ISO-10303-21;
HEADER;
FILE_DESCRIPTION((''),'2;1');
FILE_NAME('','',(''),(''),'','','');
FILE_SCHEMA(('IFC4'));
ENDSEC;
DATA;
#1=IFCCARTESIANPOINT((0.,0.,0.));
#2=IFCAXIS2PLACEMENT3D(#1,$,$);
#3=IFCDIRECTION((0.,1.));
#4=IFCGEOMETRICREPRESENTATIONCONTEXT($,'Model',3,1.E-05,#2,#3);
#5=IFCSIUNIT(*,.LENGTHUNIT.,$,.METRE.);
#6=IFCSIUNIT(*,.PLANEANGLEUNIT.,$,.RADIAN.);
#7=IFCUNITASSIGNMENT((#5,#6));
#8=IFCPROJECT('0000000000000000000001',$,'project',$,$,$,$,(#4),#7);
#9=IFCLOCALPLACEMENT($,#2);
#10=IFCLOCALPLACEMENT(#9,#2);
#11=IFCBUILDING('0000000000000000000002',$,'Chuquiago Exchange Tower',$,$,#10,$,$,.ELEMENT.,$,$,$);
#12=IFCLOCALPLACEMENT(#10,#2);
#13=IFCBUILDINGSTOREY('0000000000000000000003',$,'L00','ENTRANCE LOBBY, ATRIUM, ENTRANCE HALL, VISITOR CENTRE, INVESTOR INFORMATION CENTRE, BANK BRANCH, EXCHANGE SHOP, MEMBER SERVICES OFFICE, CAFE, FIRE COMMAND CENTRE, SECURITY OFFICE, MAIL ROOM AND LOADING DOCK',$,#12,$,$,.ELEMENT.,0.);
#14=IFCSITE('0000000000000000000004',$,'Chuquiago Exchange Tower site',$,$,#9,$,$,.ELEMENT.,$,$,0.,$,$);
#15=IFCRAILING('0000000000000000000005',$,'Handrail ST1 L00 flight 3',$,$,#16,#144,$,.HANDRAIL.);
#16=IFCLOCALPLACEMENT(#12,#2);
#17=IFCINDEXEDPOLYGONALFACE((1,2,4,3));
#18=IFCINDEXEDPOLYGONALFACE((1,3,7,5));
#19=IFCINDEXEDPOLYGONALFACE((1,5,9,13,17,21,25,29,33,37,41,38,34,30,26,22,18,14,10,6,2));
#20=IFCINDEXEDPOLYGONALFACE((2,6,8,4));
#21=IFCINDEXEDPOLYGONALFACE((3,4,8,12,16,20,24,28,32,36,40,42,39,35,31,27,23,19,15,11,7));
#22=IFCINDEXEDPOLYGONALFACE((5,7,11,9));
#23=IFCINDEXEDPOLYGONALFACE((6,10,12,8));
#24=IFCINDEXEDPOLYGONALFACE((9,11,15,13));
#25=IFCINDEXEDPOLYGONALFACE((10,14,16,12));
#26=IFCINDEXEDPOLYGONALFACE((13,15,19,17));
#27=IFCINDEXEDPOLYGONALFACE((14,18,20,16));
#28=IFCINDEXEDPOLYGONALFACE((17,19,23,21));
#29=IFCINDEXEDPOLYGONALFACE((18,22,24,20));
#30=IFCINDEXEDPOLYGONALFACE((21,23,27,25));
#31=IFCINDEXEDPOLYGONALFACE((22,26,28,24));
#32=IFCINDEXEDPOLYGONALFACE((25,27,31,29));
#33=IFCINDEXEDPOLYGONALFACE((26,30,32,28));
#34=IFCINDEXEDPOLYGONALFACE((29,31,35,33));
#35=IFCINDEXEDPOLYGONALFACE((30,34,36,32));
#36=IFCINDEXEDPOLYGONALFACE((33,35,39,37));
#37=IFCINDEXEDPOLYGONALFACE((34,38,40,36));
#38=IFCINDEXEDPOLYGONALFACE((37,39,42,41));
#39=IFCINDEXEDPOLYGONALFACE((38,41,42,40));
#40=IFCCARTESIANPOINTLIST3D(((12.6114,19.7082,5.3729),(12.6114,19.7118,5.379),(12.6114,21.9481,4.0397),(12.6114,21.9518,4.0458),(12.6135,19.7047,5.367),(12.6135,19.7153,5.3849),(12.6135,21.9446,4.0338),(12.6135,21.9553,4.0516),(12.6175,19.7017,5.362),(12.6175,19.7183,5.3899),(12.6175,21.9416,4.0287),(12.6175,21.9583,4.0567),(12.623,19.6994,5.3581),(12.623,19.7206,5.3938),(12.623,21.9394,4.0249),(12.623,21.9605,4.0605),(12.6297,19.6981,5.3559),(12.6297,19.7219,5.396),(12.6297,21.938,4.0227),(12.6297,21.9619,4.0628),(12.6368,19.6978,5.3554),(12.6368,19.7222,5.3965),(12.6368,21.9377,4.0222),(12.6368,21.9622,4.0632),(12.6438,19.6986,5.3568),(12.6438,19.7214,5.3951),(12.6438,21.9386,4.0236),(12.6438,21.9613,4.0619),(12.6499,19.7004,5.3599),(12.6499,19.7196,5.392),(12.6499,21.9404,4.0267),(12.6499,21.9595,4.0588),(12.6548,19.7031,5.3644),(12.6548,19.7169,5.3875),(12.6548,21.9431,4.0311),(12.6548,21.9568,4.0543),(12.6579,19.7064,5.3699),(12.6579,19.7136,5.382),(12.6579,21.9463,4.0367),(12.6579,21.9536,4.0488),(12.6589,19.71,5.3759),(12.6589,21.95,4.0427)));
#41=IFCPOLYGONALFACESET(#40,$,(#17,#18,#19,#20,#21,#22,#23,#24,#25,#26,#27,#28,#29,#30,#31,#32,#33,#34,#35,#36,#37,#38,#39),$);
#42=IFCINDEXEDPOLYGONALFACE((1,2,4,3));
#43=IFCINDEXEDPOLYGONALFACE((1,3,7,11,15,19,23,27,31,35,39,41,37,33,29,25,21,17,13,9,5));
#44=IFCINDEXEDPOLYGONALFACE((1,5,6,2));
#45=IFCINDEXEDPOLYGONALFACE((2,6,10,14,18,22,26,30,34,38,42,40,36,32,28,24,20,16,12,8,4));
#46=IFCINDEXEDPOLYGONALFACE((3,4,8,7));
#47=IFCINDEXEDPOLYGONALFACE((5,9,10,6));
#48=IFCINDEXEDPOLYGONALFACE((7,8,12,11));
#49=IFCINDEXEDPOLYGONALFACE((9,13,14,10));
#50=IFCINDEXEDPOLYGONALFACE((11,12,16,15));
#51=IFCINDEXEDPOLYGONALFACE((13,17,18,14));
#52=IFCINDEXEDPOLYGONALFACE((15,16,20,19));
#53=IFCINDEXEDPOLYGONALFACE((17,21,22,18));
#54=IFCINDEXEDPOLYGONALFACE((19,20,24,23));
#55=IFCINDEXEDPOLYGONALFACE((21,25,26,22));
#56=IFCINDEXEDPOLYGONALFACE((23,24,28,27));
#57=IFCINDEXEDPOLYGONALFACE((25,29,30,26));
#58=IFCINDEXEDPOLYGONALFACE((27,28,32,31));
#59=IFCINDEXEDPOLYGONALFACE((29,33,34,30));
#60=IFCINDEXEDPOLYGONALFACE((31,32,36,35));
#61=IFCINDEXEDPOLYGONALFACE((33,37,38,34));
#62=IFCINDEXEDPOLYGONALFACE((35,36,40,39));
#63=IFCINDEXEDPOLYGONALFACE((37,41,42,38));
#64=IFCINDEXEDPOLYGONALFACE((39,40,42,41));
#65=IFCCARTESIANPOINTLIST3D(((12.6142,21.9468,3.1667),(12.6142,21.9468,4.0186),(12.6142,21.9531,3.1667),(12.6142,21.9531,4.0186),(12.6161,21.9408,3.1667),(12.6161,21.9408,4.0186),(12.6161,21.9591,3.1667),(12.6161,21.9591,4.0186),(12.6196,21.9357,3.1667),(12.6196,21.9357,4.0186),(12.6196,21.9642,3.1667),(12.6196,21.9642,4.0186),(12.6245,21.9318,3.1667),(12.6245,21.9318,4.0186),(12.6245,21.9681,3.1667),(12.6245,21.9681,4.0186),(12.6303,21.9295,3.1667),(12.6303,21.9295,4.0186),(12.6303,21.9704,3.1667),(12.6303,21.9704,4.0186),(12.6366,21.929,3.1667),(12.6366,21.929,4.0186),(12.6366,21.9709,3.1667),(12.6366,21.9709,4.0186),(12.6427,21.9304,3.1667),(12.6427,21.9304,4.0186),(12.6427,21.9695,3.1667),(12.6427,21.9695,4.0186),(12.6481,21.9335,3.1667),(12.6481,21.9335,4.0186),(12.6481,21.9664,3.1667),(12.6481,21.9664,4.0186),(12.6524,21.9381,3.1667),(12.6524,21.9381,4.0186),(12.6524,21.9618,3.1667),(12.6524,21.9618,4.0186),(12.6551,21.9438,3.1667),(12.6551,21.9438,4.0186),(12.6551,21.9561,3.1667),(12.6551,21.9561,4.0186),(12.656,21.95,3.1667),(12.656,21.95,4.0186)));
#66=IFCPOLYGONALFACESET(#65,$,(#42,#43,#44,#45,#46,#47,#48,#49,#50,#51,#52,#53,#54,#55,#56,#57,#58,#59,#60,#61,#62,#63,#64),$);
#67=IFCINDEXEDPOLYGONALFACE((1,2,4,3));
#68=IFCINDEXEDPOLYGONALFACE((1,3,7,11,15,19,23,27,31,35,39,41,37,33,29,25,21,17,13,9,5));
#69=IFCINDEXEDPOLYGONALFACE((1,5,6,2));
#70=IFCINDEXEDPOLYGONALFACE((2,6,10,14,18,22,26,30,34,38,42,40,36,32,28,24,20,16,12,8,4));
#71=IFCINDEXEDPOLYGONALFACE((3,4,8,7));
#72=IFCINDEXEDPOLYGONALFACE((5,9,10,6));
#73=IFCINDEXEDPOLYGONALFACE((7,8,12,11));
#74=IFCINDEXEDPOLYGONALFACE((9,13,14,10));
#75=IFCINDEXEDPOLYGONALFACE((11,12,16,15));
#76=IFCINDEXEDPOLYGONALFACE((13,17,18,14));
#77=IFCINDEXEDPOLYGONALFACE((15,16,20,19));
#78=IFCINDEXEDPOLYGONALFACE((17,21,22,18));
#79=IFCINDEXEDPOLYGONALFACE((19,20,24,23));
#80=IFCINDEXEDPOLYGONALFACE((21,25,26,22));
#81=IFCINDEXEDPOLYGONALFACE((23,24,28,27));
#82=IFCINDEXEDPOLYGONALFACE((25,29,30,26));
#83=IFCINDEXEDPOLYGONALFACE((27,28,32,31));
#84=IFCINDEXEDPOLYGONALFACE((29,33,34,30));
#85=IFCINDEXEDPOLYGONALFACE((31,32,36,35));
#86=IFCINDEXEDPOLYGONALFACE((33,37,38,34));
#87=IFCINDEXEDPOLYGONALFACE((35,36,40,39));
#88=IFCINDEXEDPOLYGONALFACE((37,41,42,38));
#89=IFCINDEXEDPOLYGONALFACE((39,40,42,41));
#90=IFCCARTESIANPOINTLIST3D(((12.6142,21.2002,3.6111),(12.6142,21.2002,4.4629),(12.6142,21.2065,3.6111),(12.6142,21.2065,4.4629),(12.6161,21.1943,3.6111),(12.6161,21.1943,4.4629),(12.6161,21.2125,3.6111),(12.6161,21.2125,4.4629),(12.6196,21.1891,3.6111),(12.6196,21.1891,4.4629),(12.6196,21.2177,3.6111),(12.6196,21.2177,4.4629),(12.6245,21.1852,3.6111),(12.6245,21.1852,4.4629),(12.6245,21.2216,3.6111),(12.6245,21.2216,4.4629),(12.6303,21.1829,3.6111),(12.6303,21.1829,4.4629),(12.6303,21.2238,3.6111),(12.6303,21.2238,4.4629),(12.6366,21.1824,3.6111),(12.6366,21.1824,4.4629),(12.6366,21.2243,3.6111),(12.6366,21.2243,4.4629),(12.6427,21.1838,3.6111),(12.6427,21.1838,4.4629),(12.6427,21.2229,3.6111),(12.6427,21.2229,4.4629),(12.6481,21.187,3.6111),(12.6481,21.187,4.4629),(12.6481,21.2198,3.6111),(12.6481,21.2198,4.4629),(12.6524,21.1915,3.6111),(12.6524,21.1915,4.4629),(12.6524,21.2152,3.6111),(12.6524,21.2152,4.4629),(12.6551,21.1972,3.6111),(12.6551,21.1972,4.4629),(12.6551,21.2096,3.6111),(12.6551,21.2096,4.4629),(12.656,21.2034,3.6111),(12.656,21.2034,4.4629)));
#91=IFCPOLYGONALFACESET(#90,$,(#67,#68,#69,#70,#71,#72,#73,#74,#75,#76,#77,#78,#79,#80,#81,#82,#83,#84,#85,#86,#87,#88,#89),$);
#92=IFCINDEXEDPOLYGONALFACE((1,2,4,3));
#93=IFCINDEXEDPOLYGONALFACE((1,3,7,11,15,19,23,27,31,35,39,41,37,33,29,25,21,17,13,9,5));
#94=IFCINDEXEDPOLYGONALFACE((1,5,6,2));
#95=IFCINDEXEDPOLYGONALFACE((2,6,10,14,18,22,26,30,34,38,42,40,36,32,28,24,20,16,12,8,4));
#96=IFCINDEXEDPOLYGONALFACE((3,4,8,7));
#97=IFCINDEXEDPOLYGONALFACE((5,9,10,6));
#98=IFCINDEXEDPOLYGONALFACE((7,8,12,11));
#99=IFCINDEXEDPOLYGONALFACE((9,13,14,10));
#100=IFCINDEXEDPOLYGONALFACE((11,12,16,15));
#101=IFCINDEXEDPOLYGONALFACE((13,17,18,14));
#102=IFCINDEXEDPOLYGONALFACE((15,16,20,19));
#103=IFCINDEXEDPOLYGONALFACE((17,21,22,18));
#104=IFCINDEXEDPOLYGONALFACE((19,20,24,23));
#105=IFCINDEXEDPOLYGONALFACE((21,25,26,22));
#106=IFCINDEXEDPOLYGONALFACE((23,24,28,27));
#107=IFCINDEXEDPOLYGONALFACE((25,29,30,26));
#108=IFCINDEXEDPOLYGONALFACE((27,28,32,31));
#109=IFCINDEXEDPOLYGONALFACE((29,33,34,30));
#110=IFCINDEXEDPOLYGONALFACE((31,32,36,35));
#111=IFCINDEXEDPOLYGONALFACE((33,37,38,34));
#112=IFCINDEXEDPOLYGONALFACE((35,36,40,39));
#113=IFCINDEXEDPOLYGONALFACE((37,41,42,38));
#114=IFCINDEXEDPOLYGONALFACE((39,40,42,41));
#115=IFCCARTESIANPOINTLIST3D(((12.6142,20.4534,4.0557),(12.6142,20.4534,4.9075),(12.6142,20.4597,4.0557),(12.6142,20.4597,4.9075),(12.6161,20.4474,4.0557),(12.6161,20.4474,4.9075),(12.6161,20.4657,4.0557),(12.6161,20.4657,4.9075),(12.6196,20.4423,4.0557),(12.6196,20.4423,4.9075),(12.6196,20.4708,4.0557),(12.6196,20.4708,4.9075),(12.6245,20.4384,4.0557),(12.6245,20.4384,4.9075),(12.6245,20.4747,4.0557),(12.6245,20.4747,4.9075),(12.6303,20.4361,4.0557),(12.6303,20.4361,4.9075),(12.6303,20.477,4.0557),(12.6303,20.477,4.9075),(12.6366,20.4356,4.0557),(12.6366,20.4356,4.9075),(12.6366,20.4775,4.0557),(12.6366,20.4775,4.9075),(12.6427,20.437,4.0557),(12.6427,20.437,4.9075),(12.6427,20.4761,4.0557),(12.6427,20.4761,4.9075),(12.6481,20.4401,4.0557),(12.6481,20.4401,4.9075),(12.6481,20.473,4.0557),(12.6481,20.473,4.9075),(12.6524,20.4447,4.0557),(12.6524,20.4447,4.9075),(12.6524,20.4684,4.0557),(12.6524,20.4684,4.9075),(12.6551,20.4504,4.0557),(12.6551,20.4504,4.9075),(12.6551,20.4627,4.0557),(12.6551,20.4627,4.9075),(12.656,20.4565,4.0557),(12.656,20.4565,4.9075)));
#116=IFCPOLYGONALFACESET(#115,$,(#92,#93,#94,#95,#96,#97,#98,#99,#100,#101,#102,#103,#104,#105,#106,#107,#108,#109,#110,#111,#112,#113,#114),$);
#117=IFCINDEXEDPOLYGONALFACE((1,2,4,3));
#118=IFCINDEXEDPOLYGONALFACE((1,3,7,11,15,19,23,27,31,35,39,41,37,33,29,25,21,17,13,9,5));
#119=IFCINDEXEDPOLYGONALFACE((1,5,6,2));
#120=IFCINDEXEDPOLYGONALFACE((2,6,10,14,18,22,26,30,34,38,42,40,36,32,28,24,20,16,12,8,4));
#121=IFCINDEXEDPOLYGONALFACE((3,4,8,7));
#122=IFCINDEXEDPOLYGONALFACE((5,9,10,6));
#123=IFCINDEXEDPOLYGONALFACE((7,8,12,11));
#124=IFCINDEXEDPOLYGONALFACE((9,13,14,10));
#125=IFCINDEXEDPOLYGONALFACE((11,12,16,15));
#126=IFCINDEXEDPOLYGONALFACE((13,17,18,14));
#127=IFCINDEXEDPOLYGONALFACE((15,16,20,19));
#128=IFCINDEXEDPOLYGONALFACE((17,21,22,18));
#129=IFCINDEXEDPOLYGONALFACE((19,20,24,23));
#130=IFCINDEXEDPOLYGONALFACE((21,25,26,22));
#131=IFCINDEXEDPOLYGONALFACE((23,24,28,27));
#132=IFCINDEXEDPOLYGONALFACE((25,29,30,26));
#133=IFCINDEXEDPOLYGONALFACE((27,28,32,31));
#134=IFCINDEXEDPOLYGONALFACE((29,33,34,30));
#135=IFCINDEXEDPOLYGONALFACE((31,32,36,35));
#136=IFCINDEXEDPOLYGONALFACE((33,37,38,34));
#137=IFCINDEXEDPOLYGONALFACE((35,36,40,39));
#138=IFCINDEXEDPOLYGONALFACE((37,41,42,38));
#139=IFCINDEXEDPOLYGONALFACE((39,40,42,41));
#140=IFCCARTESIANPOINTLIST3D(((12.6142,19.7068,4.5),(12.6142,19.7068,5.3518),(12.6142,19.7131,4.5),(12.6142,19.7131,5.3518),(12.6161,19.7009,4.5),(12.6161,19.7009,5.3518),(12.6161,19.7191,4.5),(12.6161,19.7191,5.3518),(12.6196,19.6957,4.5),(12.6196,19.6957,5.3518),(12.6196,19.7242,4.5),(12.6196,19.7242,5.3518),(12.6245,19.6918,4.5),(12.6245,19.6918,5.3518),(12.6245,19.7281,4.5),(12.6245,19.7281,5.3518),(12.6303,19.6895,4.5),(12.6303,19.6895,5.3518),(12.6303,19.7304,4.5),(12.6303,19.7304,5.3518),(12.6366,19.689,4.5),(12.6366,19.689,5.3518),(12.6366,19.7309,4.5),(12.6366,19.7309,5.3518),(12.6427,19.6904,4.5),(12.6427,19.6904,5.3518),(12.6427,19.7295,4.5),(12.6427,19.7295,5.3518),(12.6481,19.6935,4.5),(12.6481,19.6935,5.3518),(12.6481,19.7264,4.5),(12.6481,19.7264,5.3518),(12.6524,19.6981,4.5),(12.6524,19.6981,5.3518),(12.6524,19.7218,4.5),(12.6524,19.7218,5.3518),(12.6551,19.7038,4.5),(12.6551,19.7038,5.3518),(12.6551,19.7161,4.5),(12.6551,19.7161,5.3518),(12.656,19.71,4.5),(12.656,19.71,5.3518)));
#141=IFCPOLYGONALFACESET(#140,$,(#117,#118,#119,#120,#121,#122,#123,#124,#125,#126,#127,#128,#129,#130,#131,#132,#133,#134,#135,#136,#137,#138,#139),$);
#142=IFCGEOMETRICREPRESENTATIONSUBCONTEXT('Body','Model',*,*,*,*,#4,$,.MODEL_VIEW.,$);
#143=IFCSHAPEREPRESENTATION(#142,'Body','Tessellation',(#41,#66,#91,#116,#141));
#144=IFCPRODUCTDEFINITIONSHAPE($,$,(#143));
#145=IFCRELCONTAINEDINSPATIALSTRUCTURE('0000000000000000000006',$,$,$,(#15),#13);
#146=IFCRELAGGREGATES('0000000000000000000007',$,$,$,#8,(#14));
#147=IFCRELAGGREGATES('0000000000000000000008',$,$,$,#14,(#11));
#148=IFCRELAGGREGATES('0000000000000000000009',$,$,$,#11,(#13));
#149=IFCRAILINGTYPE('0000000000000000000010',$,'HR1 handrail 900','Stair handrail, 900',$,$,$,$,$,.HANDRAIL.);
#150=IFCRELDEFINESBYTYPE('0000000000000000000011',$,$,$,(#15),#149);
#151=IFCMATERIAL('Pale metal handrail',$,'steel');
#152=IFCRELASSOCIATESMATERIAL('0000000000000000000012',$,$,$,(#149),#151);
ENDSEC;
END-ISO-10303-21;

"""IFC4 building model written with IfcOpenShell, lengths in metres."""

from ifc_helpers import new_model, si_unit, direction, frame, origin, origin_2d, place, context, subcontext, project, spatial, circle, extrude, material, type_object, element, save


model = new_model("IFC4")

# Units and contexts
model_context = context("Model", 3, precision=1e-05, world=origin(), true_north=direction((0.0, 1.0)))
body_context = subcontext(model_context, "Body", "Model", "MODEL_VIEW")
ifc_project = project(units=[si_unit("LENGTHUNIT", "METRE"), si_unit("PLANEANGLEUNIT", "RADIAN")], contexts=[model_context])

# Site, building, storey
site_placement = place(None, origin())
site = spatial("IfcSite", under=ifc_project, at=site_placement, Name="Chuquiago Exchange Tower site", CompositionType="ELEMENT", RefElevation=0.0)
building_placement = place(site_placement, origin())
building = spatial("IfcBuilding", under=site, at=building_placement, Name="Chuquiago Exchange Tower", CompositionType="ELEMENT")
storey_placement = place(building_placement, origin())
storey = spatial("IfcBuildingStorey", under=building, at=storey_placement, Name="L00", Description="ENTRANCE LOBBY, ATRIUM, ENTRANCE HALL, VISITOR CENTRE, INVESTOR INFORMATION CENTRE, BANK BRANCH, EXCHANGE SHOP, MEMBER SERVICES OFFICE, CAFE, FIRE COMMAND CENTRE, SECURITY OFFICE, MAIL ROOM AND LOADING DOCK", CompositionType="ELEMENT", Elevation=0.0)

# Railing
ifc_material_1 = material(Name="Pale metal handrail", Category="steel")
railing_type_1 = type_object("IfcRailingType", Name="HR1 handrail 900", Description="Stair handrail, 900", PredefinedType="HANDRAIL", material=ifc_material_1)
for number, where, name in (
    (1, (12.635, 21.95, 3.1667), "Handrail ST1 L00 flight 3"),
):
    element("IfcRailing", number, at=place(storey_placement, frame(where)), inside=storey, type_object=railing_type_1, Name=name, PredefinedType="HANDRAIL", context=body_context, shape_type="SweptSolid", body=[
        extrude(circle(Radius=0.0239, at=origin_2d()), frame((0.0, 0.0, 0.876), z_axis=(0.0, -0.859306, 0.511462), x_axis=(1.0, 0.0, 0.0)), (0.0, 0.0, 1.0), 2.6067),
        extrude(circle(Radius=0.021, at=origin_2d()), origin(), (0.0, 0.0, 1.0), 0.8518),
        extrude(circle(Radius=0.021, at=origin_2d()), frame((0.0, -0.7466, 0.4443)), (0.0, 0.0, 1.0), 0.8518),
        extrude(circle(Radius=0.021, at=origin_2d()), frame((0.0, -1.4934, 0.8889)), (0.0, 0.0, 1.0), 0.8518),
        extrude(circle(Radius=0.021, at=origin_2d()), frame((0.0, -2.24, 1.3333)), (0.0, 0.0, 1.0), 0.8518),
    ])

save(model, "model.ifc")
